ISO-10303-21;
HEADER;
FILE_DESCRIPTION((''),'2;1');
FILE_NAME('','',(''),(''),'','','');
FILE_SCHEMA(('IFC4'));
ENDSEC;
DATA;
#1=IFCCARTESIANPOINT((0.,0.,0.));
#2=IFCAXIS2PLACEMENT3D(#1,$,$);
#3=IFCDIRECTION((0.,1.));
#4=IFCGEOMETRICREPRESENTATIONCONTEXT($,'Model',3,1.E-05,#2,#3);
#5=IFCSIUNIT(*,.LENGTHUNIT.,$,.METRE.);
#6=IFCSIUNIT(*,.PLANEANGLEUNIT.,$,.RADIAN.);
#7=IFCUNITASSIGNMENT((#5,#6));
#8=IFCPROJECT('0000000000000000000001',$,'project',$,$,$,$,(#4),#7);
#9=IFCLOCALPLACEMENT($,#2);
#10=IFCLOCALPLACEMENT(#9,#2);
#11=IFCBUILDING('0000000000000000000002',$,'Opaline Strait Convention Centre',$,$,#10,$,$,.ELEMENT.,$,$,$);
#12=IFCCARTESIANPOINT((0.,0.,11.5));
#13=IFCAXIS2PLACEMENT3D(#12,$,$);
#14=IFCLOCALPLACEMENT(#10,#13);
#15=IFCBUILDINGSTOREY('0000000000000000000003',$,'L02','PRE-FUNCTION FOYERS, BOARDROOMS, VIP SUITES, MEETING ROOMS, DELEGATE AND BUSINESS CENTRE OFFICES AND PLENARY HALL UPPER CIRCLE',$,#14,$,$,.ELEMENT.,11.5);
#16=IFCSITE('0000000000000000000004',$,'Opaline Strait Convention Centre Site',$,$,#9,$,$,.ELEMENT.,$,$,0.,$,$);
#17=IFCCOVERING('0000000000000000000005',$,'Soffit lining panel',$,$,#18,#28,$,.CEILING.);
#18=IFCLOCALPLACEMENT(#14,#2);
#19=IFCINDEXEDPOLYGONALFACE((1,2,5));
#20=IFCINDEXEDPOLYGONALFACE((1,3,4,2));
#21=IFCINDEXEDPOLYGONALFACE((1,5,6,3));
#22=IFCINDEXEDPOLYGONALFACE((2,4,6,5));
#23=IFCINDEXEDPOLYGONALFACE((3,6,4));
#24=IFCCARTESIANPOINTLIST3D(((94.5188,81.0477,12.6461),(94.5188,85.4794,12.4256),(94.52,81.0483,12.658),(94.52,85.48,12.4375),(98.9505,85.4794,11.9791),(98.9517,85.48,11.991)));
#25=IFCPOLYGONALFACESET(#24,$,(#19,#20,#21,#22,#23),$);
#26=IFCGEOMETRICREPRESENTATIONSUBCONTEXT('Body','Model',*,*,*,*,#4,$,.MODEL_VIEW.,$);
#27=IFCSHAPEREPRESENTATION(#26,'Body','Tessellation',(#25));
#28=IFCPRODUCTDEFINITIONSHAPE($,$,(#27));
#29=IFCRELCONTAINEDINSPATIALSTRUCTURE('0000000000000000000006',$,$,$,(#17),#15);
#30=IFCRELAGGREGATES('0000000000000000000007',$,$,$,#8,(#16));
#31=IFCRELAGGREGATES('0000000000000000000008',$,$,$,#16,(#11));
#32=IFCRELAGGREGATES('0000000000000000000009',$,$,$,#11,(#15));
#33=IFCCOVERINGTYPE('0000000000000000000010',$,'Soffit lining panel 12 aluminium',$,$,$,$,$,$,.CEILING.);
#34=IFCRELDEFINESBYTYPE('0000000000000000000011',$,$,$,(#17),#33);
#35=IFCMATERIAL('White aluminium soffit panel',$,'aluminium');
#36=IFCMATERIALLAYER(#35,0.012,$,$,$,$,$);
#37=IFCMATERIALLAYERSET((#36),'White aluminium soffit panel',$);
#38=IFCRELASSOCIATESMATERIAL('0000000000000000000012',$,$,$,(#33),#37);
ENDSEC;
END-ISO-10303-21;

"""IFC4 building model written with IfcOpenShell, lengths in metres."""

from ifc_helpers import new_model, si_unit, direction, frame, origin, place, context, subcontext, project, spatial, polyline, outline, extrude, material, layer, layer_set, type_object, element, save


model = new_model("IFC4")

# Units and contexts
model_context = context("Model", 3, precision=1e-05, world=origin(), true_north=direction((0.0, 1.0)))
body_context = subcontext(model_context, "Body", "Model", "MODEL_VIEW")
ifc_project = project(units=[si_unit("LENGTHUNIT", "METRE"), si_unit("PLANEANGLEUNIT", "RADIAN")], contexts=[model_context])

# Site, building, storey
site_placement = place(None, origin())
site = spatial("IfcSite", under=ifc_project, at=site_placement, Name="Opaline Strait Convention Centre Site", CompositionType="ELEMENT", RefElevation=0.0)
building_placement = place(site_placement, origin())
building = spatial("IfcBuilding", under=site, at=building_placement, Name="Opaline Strait Convention Centre", CompositionType="ELEMENT")
storey_placement = place(building_placement, frame((0.0, 0.0, 11.5)))
storey = spatial("IfcBuildingStorey", under=building, at=storey_placement, Name="L02", Description="PRE-FUNCTION FOYERS, BOARDROOMS, VIP SUITES, MEETING ROOMS, DELEGATE AND BUSINESS CENTRE OFFICES AND PLENARY HALL UPPER CIRCLE", CompositionType="ELEMENT", Elevation=11.5)

# Covering
ifc_material_1 = material(Name="White aluminium soffit panel", Category="aluminium")
ifc_layer_1 = layer(ifc_material_1, 0.012)
ifc_layer_set_1 = layer_set([ifc_layer_1], Name="White aluminium soffit panel")
covering_type_1 = type_object("IfcCoveringType", Name="Soffit lining panel 12 aluminium", PredefinedType="CEILING", material=ifc_layer_set_1)
covering_1_placement = place(storey_placement, frame((94.52, 81.0483, 12.658), z_axis=(0.10013, 0.049435, 0.993745), x_axis=(0.0, 0.998765, -0.049685)))
element("IfcCovering", 1, at=covering_1_placement, inside=storey, type_object=covering_type_1, Name="Soffit lining panel", PredefinedType="CEILING", context=body_context, shape_type="SweptSolid", body=[
    extrude(outline(polyline([(0.0, 0.0), (4.4371, 0.0), (4.4593, -4.454), (0.0, 0.0)])), origin(), (0.0, 0.0, -1.0), 0.012),
])

save(model, "model.ifc")
